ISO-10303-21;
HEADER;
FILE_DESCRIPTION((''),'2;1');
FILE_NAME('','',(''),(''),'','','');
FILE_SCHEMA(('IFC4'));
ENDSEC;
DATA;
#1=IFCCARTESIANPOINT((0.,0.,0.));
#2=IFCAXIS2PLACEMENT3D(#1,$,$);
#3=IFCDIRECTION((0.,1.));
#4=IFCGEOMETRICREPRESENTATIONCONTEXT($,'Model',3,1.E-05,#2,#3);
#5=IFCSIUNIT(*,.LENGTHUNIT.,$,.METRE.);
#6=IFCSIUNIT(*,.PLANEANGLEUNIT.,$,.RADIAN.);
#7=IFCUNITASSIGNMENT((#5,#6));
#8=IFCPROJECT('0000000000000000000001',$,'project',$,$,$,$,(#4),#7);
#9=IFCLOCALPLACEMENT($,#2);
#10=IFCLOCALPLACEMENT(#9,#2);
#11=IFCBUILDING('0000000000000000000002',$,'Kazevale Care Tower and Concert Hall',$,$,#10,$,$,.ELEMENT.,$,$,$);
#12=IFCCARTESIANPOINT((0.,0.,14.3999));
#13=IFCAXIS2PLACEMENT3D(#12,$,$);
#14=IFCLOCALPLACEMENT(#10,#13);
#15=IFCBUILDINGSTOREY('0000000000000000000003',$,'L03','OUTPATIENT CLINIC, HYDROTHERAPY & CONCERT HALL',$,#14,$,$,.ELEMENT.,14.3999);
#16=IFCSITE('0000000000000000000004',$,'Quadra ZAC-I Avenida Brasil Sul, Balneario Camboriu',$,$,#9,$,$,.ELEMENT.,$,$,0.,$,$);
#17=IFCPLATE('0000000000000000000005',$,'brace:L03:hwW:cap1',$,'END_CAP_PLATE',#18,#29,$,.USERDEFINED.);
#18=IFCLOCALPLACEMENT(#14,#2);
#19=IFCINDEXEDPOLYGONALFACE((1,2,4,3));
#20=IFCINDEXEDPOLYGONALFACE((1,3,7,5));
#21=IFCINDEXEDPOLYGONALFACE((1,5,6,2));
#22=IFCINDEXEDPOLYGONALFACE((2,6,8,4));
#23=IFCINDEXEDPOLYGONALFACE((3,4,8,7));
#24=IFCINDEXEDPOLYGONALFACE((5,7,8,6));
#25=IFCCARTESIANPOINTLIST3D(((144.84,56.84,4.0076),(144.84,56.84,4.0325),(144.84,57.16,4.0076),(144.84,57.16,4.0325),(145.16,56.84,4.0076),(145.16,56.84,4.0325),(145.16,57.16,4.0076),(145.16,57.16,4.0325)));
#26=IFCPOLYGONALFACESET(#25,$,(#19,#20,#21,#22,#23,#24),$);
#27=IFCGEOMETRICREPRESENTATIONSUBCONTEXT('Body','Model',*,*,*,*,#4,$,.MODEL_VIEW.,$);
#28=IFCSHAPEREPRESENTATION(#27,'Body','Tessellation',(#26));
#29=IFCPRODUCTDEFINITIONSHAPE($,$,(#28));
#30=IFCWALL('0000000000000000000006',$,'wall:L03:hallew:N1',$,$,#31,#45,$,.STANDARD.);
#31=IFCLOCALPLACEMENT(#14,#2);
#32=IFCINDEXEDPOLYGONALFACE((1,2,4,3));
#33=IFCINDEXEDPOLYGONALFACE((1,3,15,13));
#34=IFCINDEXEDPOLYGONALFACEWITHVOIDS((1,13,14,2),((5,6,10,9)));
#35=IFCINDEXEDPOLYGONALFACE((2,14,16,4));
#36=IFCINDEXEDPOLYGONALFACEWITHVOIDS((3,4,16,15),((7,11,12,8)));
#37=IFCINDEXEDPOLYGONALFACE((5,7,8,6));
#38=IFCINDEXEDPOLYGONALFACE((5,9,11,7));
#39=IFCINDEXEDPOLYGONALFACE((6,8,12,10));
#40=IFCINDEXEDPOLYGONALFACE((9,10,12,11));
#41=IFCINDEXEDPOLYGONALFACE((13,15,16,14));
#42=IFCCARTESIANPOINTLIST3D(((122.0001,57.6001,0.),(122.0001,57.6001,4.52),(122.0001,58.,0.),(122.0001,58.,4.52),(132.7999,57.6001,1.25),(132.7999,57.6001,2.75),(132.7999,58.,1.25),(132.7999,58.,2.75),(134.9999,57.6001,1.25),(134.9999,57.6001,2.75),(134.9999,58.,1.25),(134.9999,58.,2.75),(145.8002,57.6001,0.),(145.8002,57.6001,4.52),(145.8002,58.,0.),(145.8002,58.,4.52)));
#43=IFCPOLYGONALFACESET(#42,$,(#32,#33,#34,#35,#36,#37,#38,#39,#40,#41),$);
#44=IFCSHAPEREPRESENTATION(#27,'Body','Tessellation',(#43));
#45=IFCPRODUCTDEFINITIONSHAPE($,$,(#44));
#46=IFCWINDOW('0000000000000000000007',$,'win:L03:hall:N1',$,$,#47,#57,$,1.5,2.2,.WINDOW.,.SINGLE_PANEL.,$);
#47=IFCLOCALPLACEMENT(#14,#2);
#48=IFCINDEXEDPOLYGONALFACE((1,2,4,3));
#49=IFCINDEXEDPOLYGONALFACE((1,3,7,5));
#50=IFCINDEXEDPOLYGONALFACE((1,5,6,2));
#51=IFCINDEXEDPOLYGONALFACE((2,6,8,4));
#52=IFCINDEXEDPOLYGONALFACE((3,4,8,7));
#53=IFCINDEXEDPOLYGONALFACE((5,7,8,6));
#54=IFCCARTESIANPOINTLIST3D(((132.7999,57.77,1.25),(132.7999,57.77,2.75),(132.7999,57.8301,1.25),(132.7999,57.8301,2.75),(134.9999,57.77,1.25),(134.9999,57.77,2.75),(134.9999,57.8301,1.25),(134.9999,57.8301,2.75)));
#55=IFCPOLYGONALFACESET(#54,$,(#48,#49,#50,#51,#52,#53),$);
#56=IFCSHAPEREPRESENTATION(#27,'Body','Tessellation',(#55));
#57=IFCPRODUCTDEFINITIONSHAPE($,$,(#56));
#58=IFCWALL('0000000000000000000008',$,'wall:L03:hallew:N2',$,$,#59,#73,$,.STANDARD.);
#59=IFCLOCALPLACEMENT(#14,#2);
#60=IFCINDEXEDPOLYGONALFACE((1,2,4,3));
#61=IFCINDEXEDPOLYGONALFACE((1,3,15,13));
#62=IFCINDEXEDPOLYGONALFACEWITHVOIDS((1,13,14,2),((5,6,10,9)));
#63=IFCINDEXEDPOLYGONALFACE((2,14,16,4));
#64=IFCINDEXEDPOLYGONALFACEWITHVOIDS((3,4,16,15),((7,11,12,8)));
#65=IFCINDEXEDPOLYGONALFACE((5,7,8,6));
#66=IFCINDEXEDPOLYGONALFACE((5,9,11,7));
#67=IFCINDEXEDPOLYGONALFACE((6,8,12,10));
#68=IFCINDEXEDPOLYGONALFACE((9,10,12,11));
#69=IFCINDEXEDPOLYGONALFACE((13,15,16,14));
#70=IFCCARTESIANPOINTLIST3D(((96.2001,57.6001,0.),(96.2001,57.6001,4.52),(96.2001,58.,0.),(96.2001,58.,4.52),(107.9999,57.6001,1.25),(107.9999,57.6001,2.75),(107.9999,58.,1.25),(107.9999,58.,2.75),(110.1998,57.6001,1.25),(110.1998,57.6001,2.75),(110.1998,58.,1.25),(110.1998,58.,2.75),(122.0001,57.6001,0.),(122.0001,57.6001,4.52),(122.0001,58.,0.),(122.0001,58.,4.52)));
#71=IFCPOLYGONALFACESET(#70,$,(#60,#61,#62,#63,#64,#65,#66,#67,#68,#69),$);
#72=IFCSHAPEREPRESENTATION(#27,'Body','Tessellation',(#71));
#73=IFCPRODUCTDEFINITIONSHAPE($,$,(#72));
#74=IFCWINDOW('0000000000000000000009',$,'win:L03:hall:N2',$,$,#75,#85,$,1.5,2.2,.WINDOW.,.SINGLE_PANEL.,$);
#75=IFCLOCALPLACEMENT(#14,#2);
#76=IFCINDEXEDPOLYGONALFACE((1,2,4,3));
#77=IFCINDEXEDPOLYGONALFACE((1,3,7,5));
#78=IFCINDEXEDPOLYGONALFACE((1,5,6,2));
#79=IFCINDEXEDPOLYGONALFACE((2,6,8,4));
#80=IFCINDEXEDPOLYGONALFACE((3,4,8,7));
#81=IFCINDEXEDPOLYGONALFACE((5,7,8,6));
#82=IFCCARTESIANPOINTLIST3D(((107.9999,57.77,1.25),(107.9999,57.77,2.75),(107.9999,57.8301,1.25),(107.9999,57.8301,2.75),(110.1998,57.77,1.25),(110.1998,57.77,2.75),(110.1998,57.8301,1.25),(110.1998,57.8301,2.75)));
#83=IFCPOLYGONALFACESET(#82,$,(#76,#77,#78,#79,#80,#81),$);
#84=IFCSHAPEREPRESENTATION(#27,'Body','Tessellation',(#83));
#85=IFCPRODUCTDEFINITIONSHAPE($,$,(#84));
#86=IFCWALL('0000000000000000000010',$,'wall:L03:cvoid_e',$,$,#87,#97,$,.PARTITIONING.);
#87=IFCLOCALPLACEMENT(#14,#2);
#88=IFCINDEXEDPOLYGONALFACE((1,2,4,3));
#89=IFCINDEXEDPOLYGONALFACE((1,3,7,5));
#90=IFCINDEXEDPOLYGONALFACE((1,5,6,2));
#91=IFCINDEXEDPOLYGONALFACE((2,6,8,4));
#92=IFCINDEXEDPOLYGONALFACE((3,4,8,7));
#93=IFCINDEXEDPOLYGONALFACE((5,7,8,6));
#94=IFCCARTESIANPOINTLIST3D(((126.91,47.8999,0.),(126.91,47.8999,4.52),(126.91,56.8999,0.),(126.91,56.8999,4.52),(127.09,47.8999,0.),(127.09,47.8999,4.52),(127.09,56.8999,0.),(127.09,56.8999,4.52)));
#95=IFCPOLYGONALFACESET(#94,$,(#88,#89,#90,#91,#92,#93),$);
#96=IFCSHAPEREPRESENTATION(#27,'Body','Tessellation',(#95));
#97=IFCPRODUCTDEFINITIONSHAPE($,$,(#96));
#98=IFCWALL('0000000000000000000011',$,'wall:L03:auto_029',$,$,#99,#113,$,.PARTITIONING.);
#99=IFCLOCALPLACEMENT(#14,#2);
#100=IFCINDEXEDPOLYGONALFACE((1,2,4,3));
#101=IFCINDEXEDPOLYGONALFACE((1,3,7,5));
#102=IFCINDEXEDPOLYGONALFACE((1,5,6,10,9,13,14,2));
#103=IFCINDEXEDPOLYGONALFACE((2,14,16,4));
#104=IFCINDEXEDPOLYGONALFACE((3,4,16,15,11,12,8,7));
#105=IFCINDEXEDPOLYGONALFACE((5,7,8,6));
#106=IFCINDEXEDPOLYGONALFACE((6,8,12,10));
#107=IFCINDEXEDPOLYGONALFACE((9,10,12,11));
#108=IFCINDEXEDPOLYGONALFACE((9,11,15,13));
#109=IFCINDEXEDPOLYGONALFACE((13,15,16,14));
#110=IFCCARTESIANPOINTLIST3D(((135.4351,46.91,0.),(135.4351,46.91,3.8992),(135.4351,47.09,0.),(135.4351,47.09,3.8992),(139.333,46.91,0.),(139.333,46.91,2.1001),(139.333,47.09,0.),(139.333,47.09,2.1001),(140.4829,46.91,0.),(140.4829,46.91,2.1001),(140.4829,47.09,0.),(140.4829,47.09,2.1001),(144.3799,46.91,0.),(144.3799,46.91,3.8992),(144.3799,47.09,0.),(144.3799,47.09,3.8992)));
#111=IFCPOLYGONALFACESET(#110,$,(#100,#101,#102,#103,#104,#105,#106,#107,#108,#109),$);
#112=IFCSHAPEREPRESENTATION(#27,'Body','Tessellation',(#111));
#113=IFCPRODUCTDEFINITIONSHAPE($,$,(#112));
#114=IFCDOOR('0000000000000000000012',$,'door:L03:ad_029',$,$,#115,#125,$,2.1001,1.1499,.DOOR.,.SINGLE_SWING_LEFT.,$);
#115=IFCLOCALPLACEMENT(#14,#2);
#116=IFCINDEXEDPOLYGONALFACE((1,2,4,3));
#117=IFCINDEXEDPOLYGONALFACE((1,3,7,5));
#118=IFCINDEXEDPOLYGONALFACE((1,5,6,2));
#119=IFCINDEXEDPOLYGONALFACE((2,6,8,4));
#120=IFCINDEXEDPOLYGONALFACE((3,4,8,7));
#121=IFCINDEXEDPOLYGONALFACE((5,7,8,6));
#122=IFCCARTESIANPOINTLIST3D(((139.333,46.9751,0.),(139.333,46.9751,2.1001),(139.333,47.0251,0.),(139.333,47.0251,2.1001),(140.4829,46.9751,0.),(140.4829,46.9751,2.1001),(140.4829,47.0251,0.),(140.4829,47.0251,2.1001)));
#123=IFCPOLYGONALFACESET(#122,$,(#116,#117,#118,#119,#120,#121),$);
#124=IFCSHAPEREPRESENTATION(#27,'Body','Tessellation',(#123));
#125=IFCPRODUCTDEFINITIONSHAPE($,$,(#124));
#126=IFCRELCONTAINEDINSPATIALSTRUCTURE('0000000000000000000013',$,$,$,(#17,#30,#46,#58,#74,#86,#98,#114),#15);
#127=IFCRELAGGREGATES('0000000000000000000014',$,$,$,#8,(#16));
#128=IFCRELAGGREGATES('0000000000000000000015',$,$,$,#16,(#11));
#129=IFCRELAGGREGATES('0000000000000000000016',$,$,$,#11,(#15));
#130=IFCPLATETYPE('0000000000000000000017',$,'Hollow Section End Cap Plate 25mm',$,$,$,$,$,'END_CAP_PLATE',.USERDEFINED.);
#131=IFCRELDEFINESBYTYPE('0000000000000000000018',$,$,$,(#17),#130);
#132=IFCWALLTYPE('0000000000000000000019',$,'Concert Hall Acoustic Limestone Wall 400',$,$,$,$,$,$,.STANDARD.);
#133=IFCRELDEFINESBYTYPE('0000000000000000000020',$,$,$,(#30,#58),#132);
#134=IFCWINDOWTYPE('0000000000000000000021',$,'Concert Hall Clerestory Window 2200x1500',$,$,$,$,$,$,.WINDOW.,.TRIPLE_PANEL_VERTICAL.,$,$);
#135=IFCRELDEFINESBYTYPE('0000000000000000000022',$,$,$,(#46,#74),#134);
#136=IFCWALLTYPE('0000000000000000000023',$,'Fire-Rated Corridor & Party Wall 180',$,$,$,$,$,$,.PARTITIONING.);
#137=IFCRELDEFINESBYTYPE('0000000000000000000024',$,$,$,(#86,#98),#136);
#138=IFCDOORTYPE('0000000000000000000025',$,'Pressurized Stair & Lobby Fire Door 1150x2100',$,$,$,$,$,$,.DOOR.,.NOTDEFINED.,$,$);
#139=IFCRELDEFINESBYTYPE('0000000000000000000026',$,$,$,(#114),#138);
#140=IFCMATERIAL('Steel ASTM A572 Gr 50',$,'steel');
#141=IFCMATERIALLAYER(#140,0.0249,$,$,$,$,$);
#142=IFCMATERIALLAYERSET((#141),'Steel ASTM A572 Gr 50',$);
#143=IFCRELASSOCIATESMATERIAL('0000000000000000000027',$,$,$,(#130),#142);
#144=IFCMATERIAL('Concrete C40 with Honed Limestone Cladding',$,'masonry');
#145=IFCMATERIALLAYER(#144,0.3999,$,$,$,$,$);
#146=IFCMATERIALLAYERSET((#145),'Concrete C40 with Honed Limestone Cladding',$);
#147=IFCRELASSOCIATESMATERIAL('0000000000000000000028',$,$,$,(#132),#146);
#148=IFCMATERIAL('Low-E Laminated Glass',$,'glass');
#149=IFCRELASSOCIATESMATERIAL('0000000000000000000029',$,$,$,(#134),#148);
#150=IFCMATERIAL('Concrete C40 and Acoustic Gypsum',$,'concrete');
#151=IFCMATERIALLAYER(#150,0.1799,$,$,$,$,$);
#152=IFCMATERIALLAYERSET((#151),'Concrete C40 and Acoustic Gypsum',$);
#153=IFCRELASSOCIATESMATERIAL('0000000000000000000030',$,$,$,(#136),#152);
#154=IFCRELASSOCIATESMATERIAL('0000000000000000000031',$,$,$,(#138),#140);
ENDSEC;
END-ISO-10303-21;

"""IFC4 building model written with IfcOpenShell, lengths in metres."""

from ifc_helpers import new_model, si_unit, direction, frame, frame_2d, origin, origin_2d, place, context, subcontext, project, spatial, rectangle, extrude, material, layer, layer_set, type_object, element, fill, save


model = new_model("IFC4")

# Units and contexts
model_context = context("Model", 3, precision=1e-05, world=origin(), true_north=direction((0.0, 1.0)))
body_context = subcontext(model_context, "Body", "Model", "MODEL_VIEW")
ifc_project = project(units=[si_unit("LENGTHUNIT", "METRE"), si_unit("PLANEANGLEUNIT", "RADIAN")], contexts=[model_context])

# Site, building, storey
site_placement = place(None, origin())
site = spatial("IfcSite", under=ifc_project, at=site_placement, Name="Quadra ZAC-I Avenida Brasil Sul, Balneario Camboriu", CompositionType="ELEMENT", RefElevation=0.0)
building_placement = place(site_placement, origin())
building = spatial("IfcBuilding", under=site, at=building_placement, Name="Kazevale Care Tower and Concert Hall", CompositionType="ELEMENT")
storey_placement = place(building_placement, frame((0.0, 0.0, 14.3999)))
storey = spatial("IfcBuildingStorey", under=building, at=storey_placement, Name="L03", Description="OUTPATIENT CLINIC, HYDROTHERAPY & CONCERT HALL", CompositionType="ELEMENT", Elevation=14.3999)

# Shared definitions
ifc_material_1 = material(Name="Steel ASTM A572 Gr 50", Category="steel")

# Plate
ifc_layer_1 = layer(ifc_material_1, 0.0249)
ifc_layer_set_1 = layer_set([ifc_layer_1], Name="Steel ASTM A572 Gr 50")
plate_type = type_object("IfcPlateType", Name="Hollow Section End Cap Plate 25mm", ElementType="END_CAP_PLATE", PredefinedType="USERDEFINED", material=ifc_layer_set_1)
for number, where, z_axis, x_axis, name in (
    (1, (145.0, 57.0, 4.0076), (0.0, 0.0, 1.0), (1.0, 0.0, 0.0), "brace:L03:hwW:cap1"),
):
    element("IfcPlate", number, at=place(storey_placement, frame(where, z_axis=z_axis, x_axis=x_axis)), inside=storey, type_object=plate_type, Name=name, ObjectType="END_CAP_PLATE", PredefinedType="USERDEFINED", context=body_context, shape_type="SweptSolid", body=[
        extrude(rectangle(XDim=0.3201, YDim=0.3201, at=origin_2d()), origin(), (0.0, 0.0, 1.0), 0.0249),
    ])

# Walls, openings, windows
ifc_material_2 = material(Name="Concrete C40 with Honed Limestone Cladding", Category="masonry")
ifc_layer_2 = layer(ifc_material_2, 0.3999)
ifc_layer_set_2 = layer_set([ifc_layer_2], Name="Concrete C40 with Honed Limestone Cladding")
wall_type_1 = type_object("IfcWallType", Name="Concert Hall Acoustic Limestone Wall 400", PredefinedType="STANDARD", material=ifc_layer_set_2)
wall_1_placement = place(storey_placement, frame((145.8, 57.8, 0.0), z_axis=(0.0, 0.0, 1.0), x_axis=(-1.0, 0.0, 0.0)))
wall_1 = element("IfcWall", 2, at=wall_1_placement, inside=storey, type_object=wall_type_1, Name="wall:L03:hallew:N1", PredefinedType="STANDARD", context=body_context, shape_type="SweptSolid", body=[
    extrude(rectangle(XDim=23.8, YDim=0.3999, at=frame_2d((11.8999, 0.0))), origin(), (0.0, 0.0, 1.0), 4.52),
])
opening_1_placement = place(wall_1_placement, frame((10.8, 0.0, 1.25)))
opening_1 = element("IfcOpeningElement", 3, at=opening_1_placement, cuts=wall_1, PredefinedType="OPENING", context=body_context, shape_type="SweptSolid", body=[
    extrude(rectangle(XDim=2.2, YDim=1.5, at=frame_2d((1.1001, 0.75))), frame((0.0, 0.21, 0.0), z_axis=(0.0, -1.0, 0.0), x_axis=(1.0, 0.0, 0.0)), (0.0, 0.0, 1.0), 0.4199),
])
ifc_material_3 = material(Name="Low-E Laminated Glass", Category="glass")
window_type = type_object("IfcWindowType", Name="Concert Hall Clerestory Window 2200x1500", PartitioningType="TRIPLE_PANEL_VERTICAL", PredefinedType="WINDOW", material=ifc_material_3)
window_1_placement = place(opening_1_placement, origin())
window_1 = element("IfcWindow", 4, at=window_1_placement, inside=storey, type_object=window_type, Name="win:L03:hall:N1", OverallHeight=1.5, OverallWidth=2.2, PartitioningType="SINGLE_PANEL", PredefinedType="WINDOW", context=body_context, shape_type="SweptSolid", body=[
    extrude(rectangle(XDim=2.2, YDim=1.5, at=frame_2d((1.1001, 0.75))), frame((0.0, 0.03, 0.0), z_axis=(0.0, -1.0, 0.0), x_axis=(1.0, 0.0, 0.0)), (0.0, 0.0, 1.0), 0.0601),
])
fill(opening_1, window_1)
wall_2_placement = place(storey_placement, frame((122.0, 57.8, 0.0), z_axis=(0.0, 0.0, 1.0), x_axis=(-1.0, 0.0, 0.0)))
wall_2 = element("IfcWall", 5, at=wall_2_placement, inside=storey, type_object=wall_type_1, Name="wall:L03:hallew:N2", PredefinedType="STANDARD", context=body_context, shape_type="SweptSolid", body=[
    extrude(rectangle(XDim=25.8, YDim=0.3999, at=frame_2d((12.8999, 0.0))), origin(), (0.0, 0.0, 1.0), 4.52),
])
opening_2_placement = place(wall_2_placement, frame((11.8, 0.0, 1.25)))
opening_2 = element("IfcOpeningElement", 6, at=opening_2_placement, cuts=wall_2, PredefinedType="OPENING", context=body_context, shape_type="SweptSolid", body=[
    extrude(rectangle(XDim=2.2, YDim=1.5, at=frame_2d((1.1001, 0.75))), frame((0.0, 0.21, 0.0), z_axis=(0.0, -1.0, 0.0), x_axis=(1.0, 0.0, 0.0)), (0.0, 0.0, 1.0), 0.4199),
])
window_2_placement = place(opening_2_placement, origin())
window_2 = element("IfcWindow", 7, at=window_2_placement, inside=storey, type_object=window_type, Name="win:L03:hall:N2", OverallHeight=1.5, OverallWidth=2.2, PartitioningType="SINGLE_PANEL", PredefinedType="WINDOW", context=body_context, shape_type="SweptSolid", body=[
    extrude(rectangle(XDim=2.2, YDim=1.5, at=frame_2d((1.1001, 0.75))), frame((0.0, 0.03, 0.0), z_axis=(0.0, -1.0, 0.0), x_axis=(1.0, 0.0, 0.0)), (0.0, 0.0, 1.0), 0.0601),
])
fill(opening_2, window_2)

# Wall
ifc_material_4 = material(Name="Concrete C40 and Acoustic Gypsum", Category="concrete")
ifc_layer_3 = layer(ifc_material_4, 0.1799)
ifc_layer_set_3 = layer_set([ifc_layer_3], Name="Concrete C40 and Acoustic Gypsum")
wall_type_2 = type_object("IfcWallType", Name="Fire-Rated Corridor & Party Wall 180", PredefinedType="PARTITIONING", material=ifc_layer_set_3)
wall_3_placement = place(storey_placement, frame((127.0, 47.8999, 0.0), z_axis=(0.0, 0.0, 1.0), x_axis=(0.0, 1.0, 0.0)))
element("IfcWall", 8, at=wall_3_placement, inside=storey, type_object=wall_type_2, Name="wall:L03:cvoid_e", PredefinedType="PARTITIONING", context=body_context, shape_type="SweptSolid", body=[
    extrude(rectangle(XDim=9.0, YDim=0.1799, at=frame_2d((4.5, 0.0))), origin(), (0.0, 0.0, 1.0), 4.52),
])

# Wall, opening, door
wall_4_placement = place(storey_placement, frame((144.3799, 47.0, 0.0), z_axis=(0.0, 0.0, 1.0), x_axis=(-1.0, 0.0, 0.0)))
wall_4 = element("IfcWall", 9, at=wall_4_placement, inside=storey, type_object=wall_type_2, Name="wall:L03:auto_029", PredefinedType="PARTITIONING", context=body_context, shape_type="SweptSolid", body=[
    extrude(rectangle(XDim=8.9448, YDim=0.1799, at=frame_2d((4.4724, 0.0))), origin(), (0.0, 0.0, 1.0), 3.8992),
])
opening_3_placement = place(wall_4_placement, frame((3.897, 0.0, 0.0)))
opening_3 = element("IfcOpeningElement", 10, at=opening_3_placement, cuts=wall_4, PredefinedType="OPENING", context=body_context, shape_type="SweptSolid", body=[
    extrude(rectangle(XDim=1.1499, YDim=2.1001, at=frame_2d((0.575, 1.05))), frame((0.0, 0.0999, 0.0), z_axis=(0.0, -1.0, 0.0), x_axis=(1.0, 0.0, 0.0)), (0.0, 0.0, 1.0), 0.2),
])
door_type = type_object("IfcDoorType", Name="Pressurized Stair & Lobby Fire Door 1150x2100", OperationType="NOTDEFINED", PredefinedType="DOOR", material=ifc_material_1)
door_placement = place(opening_3_placement, origin())
door = element("IfcDoor", 11, at=door_placement, inside=storey, type_object=door_type, Name="door:L03:ad_029", OperationType="SINGLE_SWING_LEFT", OverallHeight=2.1001, OverallWidth=1.1499, PredefinedType="DOOR", context=body_context, shape_type="SweptSolid", body=[
    extrude(rectangle(XDim=1.1499, YDim=2.1001, at=frame_2d((0.575, 1.05))), frame((0.0, 0.0249, 0.0), z_axis=(0.0, -1.0, 0.0), x_axis=(1.0, 0.0, 0.0)), (0.0, 0.0, 1.0), 0.05),
])
fill(opening_3, door)

save(model, "model.ifc")
